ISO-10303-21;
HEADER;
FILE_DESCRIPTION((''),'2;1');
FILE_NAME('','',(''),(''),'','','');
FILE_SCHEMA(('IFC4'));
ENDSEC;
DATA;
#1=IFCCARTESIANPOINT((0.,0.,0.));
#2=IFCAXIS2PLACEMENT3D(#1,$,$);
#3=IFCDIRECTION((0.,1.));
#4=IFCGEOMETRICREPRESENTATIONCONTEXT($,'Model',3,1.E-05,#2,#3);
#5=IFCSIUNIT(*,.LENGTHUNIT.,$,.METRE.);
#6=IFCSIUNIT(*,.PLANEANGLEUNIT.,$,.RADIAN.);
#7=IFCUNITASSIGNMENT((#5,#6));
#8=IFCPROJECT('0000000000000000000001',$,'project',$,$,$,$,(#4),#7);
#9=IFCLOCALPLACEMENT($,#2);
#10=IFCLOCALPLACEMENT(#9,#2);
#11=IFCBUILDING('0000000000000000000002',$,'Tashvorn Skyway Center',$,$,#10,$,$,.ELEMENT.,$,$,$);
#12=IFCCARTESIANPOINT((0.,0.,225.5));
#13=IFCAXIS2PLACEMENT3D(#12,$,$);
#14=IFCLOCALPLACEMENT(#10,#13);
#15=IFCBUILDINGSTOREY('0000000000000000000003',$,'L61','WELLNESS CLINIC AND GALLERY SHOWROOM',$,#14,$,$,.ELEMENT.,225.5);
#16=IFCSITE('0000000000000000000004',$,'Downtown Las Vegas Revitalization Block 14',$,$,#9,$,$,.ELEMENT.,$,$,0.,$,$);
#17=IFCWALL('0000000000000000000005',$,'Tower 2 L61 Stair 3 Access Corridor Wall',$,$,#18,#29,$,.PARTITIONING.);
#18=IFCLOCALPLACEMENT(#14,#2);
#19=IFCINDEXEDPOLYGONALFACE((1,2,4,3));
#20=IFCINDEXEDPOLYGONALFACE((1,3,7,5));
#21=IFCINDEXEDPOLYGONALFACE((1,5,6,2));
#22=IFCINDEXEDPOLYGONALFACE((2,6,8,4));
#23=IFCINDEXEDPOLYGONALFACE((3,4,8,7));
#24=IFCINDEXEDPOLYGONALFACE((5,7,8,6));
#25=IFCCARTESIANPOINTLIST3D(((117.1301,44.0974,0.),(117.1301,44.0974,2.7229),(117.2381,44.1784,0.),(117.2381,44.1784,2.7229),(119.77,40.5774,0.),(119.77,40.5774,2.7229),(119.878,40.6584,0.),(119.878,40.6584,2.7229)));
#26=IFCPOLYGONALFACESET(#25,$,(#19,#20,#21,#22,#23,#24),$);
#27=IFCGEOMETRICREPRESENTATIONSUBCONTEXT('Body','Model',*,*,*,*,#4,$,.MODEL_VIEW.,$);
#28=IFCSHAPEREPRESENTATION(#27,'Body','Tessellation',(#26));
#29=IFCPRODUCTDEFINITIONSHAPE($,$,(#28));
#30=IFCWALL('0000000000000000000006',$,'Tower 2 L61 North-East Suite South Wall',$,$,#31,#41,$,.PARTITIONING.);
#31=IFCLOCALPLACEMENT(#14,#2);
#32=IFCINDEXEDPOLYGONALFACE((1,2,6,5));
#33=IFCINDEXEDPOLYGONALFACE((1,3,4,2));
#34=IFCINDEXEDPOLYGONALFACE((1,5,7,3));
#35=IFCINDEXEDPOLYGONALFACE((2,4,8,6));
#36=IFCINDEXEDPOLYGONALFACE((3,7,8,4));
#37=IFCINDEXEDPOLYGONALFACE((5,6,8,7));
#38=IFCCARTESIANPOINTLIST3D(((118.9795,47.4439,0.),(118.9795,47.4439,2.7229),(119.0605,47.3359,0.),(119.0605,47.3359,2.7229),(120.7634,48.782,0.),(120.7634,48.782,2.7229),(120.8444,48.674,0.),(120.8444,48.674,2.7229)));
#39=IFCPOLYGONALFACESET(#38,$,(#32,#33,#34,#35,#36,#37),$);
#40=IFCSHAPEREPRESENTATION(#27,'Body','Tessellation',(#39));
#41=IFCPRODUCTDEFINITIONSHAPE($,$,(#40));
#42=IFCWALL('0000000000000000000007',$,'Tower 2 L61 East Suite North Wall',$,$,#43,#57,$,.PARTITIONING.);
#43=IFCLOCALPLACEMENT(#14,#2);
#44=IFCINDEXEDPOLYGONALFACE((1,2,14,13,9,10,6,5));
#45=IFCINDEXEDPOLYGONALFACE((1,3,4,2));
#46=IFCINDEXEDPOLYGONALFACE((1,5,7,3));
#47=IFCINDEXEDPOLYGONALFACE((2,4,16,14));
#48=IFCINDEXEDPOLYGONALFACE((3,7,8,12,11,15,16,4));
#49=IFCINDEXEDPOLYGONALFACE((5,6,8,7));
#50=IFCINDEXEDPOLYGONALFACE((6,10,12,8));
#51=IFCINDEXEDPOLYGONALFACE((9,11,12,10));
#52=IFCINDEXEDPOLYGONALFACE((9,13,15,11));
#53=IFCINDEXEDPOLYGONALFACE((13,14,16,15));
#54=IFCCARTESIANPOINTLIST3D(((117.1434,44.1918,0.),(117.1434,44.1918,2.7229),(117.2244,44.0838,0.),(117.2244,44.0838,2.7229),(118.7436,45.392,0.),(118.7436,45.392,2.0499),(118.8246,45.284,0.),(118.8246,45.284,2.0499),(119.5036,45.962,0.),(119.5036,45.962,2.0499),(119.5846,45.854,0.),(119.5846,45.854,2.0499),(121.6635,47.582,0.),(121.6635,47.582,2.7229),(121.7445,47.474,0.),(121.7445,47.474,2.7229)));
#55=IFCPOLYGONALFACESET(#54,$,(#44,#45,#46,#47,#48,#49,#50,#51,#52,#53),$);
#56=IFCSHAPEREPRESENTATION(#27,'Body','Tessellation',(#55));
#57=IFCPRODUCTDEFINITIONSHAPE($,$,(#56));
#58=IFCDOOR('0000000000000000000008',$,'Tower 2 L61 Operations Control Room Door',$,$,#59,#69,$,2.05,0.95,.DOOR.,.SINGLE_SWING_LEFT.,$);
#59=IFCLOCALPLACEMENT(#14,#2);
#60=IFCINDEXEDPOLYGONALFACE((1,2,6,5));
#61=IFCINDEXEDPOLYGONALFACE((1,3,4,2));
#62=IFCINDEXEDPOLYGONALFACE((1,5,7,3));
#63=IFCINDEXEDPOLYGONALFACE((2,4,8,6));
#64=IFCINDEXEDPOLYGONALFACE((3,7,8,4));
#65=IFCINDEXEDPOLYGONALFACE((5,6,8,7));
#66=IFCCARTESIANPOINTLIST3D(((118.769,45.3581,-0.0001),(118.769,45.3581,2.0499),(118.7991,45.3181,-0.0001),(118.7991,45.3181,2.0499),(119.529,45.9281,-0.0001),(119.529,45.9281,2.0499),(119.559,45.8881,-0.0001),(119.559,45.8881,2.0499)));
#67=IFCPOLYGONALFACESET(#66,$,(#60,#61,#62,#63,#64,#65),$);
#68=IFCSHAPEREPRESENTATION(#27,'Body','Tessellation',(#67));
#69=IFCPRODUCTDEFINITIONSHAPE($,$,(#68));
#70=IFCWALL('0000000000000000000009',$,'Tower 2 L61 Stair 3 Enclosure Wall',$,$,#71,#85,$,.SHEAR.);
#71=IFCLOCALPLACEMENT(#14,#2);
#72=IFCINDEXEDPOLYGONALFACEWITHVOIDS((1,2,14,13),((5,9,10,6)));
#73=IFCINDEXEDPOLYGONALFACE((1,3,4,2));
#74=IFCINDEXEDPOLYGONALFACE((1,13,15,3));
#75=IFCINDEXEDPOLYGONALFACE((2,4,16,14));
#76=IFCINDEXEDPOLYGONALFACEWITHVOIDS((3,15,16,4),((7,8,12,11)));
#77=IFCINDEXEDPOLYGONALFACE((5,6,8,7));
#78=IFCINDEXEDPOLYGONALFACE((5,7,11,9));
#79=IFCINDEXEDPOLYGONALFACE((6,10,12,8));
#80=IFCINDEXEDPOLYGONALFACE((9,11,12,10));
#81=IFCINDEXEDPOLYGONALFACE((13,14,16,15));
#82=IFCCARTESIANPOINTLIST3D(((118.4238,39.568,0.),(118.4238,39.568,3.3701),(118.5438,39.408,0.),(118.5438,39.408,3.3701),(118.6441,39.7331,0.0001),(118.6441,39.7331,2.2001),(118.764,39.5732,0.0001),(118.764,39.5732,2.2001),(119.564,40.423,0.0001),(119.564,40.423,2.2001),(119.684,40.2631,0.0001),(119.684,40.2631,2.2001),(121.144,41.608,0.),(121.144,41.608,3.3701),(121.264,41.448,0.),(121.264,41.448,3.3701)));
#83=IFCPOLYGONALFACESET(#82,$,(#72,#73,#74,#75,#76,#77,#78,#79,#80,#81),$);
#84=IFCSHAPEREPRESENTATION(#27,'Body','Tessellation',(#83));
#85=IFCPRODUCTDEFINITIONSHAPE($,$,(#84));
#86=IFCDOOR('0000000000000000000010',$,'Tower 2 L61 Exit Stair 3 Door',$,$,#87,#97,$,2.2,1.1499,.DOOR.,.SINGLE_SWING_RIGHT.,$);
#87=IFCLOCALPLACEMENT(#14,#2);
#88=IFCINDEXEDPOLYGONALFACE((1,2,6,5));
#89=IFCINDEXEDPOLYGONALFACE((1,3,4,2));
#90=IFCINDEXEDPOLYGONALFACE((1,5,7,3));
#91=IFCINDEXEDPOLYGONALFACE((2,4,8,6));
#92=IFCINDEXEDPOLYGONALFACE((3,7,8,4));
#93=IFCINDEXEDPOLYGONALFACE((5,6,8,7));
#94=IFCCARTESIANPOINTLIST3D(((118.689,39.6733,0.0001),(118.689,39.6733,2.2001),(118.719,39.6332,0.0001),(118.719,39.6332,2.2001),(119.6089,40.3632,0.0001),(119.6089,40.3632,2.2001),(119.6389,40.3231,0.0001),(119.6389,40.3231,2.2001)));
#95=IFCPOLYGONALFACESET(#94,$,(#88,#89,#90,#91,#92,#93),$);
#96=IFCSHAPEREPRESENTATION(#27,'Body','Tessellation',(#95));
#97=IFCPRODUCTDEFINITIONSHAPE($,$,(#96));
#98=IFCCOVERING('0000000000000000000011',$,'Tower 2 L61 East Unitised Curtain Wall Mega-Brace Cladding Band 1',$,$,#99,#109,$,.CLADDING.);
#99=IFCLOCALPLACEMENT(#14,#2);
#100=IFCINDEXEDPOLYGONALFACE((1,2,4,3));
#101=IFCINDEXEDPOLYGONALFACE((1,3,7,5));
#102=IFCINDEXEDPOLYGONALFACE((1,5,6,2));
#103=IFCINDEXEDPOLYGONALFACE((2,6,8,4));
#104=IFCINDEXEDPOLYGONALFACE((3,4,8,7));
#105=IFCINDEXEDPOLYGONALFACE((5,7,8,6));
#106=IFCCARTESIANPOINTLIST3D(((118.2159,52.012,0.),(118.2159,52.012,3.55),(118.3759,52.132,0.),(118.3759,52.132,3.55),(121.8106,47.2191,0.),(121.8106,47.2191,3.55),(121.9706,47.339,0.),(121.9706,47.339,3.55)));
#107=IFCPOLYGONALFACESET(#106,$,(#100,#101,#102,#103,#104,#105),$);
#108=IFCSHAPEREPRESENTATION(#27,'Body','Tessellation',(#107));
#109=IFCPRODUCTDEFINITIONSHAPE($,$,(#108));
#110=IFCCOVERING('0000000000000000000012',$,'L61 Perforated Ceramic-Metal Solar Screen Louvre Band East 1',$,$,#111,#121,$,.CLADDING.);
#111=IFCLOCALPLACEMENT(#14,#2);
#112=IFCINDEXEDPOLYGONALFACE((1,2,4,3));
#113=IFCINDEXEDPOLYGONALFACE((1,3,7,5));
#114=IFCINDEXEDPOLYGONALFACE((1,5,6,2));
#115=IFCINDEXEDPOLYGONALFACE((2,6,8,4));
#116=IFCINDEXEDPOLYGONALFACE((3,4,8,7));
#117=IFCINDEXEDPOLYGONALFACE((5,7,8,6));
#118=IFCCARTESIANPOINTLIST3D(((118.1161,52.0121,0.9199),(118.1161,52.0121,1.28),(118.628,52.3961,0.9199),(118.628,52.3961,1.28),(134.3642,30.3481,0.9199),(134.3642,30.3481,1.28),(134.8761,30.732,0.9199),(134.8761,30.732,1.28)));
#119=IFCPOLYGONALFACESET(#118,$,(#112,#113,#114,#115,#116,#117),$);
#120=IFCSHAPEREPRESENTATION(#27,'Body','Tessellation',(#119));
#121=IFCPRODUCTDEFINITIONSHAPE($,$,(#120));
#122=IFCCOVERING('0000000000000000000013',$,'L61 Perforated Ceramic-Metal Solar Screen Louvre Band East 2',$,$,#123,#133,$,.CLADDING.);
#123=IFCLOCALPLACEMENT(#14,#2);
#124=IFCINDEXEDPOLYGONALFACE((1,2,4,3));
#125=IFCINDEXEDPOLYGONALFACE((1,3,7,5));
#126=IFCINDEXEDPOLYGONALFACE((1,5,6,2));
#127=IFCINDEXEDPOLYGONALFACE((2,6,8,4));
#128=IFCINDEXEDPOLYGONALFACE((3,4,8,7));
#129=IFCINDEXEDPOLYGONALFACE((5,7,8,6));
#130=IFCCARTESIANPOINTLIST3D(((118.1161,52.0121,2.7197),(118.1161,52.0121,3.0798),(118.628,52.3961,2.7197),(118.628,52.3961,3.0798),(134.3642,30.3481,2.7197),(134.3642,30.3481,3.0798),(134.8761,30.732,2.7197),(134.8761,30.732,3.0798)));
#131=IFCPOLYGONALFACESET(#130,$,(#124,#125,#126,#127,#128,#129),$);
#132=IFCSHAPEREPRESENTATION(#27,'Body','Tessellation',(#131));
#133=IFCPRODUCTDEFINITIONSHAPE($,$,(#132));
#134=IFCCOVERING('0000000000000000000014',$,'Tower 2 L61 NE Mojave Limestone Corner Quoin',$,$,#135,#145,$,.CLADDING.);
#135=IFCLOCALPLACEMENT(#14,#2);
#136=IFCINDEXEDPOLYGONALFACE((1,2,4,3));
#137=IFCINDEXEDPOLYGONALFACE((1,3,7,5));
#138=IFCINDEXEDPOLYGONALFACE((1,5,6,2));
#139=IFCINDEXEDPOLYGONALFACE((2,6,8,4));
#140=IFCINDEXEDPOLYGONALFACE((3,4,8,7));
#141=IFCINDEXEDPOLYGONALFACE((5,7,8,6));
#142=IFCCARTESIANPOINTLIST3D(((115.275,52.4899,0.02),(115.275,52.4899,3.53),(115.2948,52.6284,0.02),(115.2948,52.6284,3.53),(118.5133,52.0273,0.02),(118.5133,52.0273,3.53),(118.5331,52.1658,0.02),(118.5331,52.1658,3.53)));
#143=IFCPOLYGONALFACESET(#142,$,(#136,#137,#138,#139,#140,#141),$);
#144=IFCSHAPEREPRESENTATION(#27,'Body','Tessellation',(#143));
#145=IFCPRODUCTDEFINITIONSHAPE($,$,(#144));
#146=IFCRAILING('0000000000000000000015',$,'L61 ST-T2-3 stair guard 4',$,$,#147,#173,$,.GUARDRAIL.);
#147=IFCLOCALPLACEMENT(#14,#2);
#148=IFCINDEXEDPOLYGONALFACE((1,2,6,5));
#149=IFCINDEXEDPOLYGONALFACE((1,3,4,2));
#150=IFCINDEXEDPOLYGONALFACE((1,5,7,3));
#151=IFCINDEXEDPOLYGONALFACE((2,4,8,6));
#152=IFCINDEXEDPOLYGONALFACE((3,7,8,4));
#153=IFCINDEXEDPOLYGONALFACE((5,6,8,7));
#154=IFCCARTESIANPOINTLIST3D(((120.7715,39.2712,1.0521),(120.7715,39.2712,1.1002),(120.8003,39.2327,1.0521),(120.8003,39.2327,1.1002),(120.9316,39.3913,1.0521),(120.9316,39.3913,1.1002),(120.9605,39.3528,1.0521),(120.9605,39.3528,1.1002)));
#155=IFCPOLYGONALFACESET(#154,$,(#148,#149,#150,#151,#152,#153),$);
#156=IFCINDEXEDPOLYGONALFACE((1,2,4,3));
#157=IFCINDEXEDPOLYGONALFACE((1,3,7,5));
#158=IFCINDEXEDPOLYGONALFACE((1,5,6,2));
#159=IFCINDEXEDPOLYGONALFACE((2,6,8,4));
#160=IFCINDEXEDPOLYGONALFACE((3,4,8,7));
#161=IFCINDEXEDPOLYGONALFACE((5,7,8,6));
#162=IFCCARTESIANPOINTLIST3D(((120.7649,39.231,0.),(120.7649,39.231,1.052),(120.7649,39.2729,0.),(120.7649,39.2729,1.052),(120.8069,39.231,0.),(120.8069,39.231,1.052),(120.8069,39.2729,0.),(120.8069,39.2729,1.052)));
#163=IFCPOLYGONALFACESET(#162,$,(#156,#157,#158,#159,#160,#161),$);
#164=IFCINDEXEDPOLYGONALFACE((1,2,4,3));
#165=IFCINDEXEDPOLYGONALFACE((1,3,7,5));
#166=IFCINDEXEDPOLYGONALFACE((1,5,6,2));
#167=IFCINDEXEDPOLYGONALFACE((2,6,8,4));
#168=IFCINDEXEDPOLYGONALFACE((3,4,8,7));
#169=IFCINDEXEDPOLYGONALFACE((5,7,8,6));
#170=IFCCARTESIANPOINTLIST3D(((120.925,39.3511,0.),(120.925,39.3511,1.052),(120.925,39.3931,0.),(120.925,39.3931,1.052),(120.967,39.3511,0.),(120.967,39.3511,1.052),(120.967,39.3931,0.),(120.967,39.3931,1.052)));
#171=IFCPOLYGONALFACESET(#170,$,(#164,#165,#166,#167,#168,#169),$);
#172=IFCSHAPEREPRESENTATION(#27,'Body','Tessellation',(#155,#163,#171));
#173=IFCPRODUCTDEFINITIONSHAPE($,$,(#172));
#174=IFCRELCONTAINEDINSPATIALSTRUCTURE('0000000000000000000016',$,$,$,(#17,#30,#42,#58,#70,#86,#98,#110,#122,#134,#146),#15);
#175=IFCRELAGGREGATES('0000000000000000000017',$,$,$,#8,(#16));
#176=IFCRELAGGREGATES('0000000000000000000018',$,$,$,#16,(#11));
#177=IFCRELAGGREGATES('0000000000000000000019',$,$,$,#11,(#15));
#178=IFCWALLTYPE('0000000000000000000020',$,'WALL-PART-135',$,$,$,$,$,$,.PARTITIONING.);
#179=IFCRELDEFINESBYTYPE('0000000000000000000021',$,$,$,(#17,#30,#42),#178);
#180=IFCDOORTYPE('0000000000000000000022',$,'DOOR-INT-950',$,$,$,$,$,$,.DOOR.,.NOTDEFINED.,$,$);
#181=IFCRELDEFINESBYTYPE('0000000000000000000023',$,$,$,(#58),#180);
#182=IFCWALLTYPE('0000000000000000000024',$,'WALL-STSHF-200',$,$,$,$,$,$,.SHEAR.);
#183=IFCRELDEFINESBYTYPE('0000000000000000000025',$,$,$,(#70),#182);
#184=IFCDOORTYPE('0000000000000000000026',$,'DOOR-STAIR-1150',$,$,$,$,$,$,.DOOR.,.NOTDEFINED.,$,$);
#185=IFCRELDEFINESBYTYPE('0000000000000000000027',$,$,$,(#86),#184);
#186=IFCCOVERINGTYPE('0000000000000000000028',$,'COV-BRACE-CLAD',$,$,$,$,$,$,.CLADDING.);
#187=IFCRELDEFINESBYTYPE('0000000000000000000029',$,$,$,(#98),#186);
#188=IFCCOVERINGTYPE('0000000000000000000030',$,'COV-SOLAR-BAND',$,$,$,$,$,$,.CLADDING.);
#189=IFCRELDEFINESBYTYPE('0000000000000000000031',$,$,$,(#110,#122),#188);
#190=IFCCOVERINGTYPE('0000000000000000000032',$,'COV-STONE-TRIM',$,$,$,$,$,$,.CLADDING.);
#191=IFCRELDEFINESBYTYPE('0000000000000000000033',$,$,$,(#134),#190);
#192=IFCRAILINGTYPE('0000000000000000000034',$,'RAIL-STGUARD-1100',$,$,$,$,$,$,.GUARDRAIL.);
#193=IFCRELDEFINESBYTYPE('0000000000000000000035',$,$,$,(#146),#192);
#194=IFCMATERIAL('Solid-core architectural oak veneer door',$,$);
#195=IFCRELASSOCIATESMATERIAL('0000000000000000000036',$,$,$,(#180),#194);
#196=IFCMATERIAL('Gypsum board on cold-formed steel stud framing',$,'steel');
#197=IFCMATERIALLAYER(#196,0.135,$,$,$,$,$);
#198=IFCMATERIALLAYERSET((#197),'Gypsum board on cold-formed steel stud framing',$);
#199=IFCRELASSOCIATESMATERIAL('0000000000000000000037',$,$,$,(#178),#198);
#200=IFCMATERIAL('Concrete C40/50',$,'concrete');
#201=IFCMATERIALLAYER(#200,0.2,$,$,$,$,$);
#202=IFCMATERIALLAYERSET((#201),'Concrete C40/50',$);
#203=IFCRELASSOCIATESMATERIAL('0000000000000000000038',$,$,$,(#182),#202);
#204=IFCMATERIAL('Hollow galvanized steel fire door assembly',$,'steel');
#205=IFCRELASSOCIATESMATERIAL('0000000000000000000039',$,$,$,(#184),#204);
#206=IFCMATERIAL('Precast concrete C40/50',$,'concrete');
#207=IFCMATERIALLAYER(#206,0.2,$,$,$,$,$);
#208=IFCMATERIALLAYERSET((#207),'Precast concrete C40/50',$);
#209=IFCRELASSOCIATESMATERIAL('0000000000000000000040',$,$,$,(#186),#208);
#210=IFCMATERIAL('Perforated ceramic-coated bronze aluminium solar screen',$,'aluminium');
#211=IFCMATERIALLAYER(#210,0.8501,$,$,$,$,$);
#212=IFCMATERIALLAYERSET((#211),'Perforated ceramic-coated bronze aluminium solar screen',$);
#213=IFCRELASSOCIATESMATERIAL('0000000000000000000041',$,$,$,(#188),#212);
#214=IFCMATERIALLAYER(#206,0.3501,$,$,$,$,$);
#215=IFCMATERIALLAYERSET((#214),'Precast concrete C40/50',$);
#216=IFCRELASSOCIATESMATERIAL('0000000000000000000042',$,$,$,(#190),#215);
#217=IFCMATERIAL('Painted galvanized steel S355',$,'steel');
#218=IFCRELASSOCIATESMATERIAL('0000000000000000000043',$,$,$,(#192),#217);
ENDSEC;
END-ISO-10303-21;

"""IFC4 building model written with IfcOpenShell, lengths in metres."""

from ifc_helpers import new_model, si_unit, direction, frame, frame_2d, origin, origin_2d, place, context, subcontext, project, spatial, rectangle, extrude, material, layer, layer_set, type_object, element, fill, save


model = new_model("IFC4")

# Units and contexts
model_context = context("Model", 3, precision=1e-05, world=origin(), true_north=direction((0.0, 1.0)))
body_context = subcontext(model_context, "Body", "Model", "MODEL_VIEW")
ifc_project = project(units=[si_unit("LENGTHUNIT", "METRE"), si_unit("PLANEANGLEUNIT", "RADIAN")], contexts=[model_context])

# Site, building, storey
site_placement = place(None, origin())
site = spatial("IfcSite", under=ifc_project, at=site_placement, Name="Downtown Las Vegas Revitalization Block 14", CompositionType="ELEMENT", RefElevation=0.0)
building_placement = place(site_placement, origin())
building = spatial("IfcBuilding", under=site, at=building_placement, Name="Tashvorn Skyway Center", CompositionType="ELEMENT")
storey_placement = place(building_placement, frame((0.0, 0.0, 225.5)))
storey = spatial("IfcBuildingStorey", under=building, at=storey_placement, Name="L61", Description="WELLNESS CLINIC AND GALLERY SHOWROOM", CompositionType="ELEMENT", Elevation=225.5)

# Shared definitions
ifc_material_1 = material(Name="Precast concrete C40/50", Category="concrete")

# Shared definitions
ifc_material_2 = material(Name="Gypsum board on cold-formed steel stud framing", Category="steel")
ifc_material_3 = material(Name="Solid-core architectural oak veneer door")
door_type_1 = type_object("IfcDoorType", Name="DOOR-INT-950", OperationType="NOTDEFINED", PredefinedType="DOOR", material=ifc_material_3)

# Walls
ifc_layer_1 = layer(ifc_material_2, 0.135)
ifc_layer_set_1 = layer_set([ifc_layer_1], Name="Gypsum board on cold-formed steel stud framing")
wall_type_1 = type_object("IfcWallType", Name="WALL-PART-135", PredefinedType="PARTITIONING", material=ifc_layer_set_1)
wall_1_placement = place(storey_placement, frame((119.824, 40.6179, 0.0), z_axis=(0.0, 0.0, 1.0), x_axis=(-0.599982, 0.800013, 0.0)))
element("IfcWall", 1, at=wall_1_placement, inside=storey, type_object=wall_type_1, Name="Tower 2 L61 Stair 3 Access Corridor Wall", PredefinedType="PARTITIONING", context=body_context, shape_type="SweptSolid", body=[
    extrude(rectangle(XDim=4.3999, YDim=0.135, at=frame_2d((2.2, 0.0))), origin(), (0.0, 0.0, 1.0), 2.7229),
])
wall_2_placement = place(storey_placement, frame((119.02, 47.3899, 0.0), z_axis=(0.0, 0.0, 1.0), x_axis=(0.799961, 0.600053, 0.0)))
element("IfcWall", 2, at=wall_2_placement, inside=storey, type_object=wall_type_1, Name="Tower 2 L61 North-East Suite South Wall", PredefinedType="PARTITIONING", context=body_context, shape_type="SweptSolid", body=[
    extrude(rectangle(XDim=2.23, YDim=0.135, at=frame_2d((1.115, 0.0))), origin(), (0.0, 0.0, 1.0), 2.7229),
])

# Walls, openings, doors
wall_3_placement = place(storey_placement, frame((121.7041, 47.5281, 0.0), z_axis=(0.0, 0.0, 1.0), x_axis=(-0.79999, -0.600014, 0.0)))
wall_3 = element("IfcWall", 3, at=wall_3_placement, inside=storey, type_object=wall_type_1, Name="Tower 2 L61 East Suite North Wall", PredefinedType="PARTITIONING", context=body_context, shape_type="SweptSolid", body=[
    extrude(rectangle(XDim=5.6501, YDim=0.135, at=frame_2d((2.8252, 0.0))), origin(), (0.0, 0.0, 1.0), 2.7229),
])
opening_1_placement = place(wall_3_placement, frame((2.7, 0.0, 0.0)))
opening_1 = element("IfcOpeningElement", 4, at=opening_1_placement, cuts=wall_3, PredefinedType="OPENING", context=body_context, shape_type="SweptSolid", body=[
    extrude(rectangle(XDim=0.95, YDim=2.05, at=frame_2d((0.4751, 1.0249))), frame((0.0, 0.0774, 0.0), z_axis=(0.0, -1.0, 0.0), x_axis=(1.0, 0.0, 0.0)), (0.0, 0.0, 1.0), 0.155),
])
door_1_placement = place(opening_1_placement, origin())
door_1 = element("IfcDoor", 5, at=door_1_placement, inside=storey, type_object=door_type_1, Name="Tower 2 L61 Operations Control Room Door", OperationType="SINGLE_SWING_LEFT", OverallHeight=2.05, OverallWidth=0.95, PredefinedType="DOOR", context=body_context, shape_type="SweptSolid", body=[
    extrude(rectangle(XDim=0.95, YDim=2.05, at=frame_2d((0.4751, 1.0249))), frame((0.0, 0.0249, 0.0), z_axis=(0.0, -1.0, 0.0), x_axis=(1.0, 0.0, 0.0)), (0.0, 0.0, 1.0), 0.05),
])
fill(opening_1, door_1)
ifc_material_4 = material(Name="Concrete C40/50", Category="concrete")
ifc_layer_2 = layer(ifc_material_4, 0.2)
ifc_layer_set_2 = layer_set([ifc_layer_2], Name="Concrete C40/50")
wall_type_2 = type_object("IfcWallType", Name="WALL-STSHF-200", PredefinedType="SHEAR", material=ifc_layer_set_2)
wall_4_placement = place(storey_placement, frame((121.2041, 41.5281, 0.0), z_axis=(0.0, 0.0, 1.0), x_axis=(-0.800017, -0.599977, 0.0)))
wall_4 = element("IfcWall", 6, at=wall_4_placement, inside=storey, type_object=wall_type_2, Name="Tower 2 L61 Stair 3 Enclosure Wall", PredefinedType="SHEAR", context=body_context, shape_type="SweptSolid", body=[
    extrude(rectangle(XDim=3.4001, YDim=0.2, at=frame_2d((1.7002, 0.0))), origin(), (0.0, 0.0, 1.0), 3.3701),
])
opening_2_placement = place(wall_4_placement, frame((1.9751, 0.0, 0.0)))
opening_2 = element("IfcOpeningElement", 7, at=opening_2_placement, cuts=wall_4, PredefinedType="OPENING", context=body_context, shape_type="SweptSolid", body=[
    extrude(rectangle(XDim=1.1499, YDim=2.2, at=frame_2d((0.575, 1.1001))), frame((0.0, 0.1099, 0.0), z_axis=(0.0, -1.0, 0.0), x_axis=(1.0, 0.0, 0.0)), (0.0, 0.0, 1.0), 0.22),
])
ifc_material_5 = material(Name="Hollow galvanized steel fire door assembly", Category="steel")
door_type_2 = type_object("IfcDoorType", Name="DOOR-STAIR-1150", OperationType="NOTDEFINED", PredefinedType="DOOR", material=ifc_material_5)
door_2_placement = place(opening_2_placement, origin())
door_2 = element("IfcDoor", 8, at=door_2_placement, inside=storey, type_object=door_type_2, Name="Tower 2 L61 Exit Stair 3 Door", OperationType="SINGLE_SWING_RIGHT", OverallHeight=2.2, OverallWidth=1.1499, PredefinedType="DOOR", context=body_context, shape_type="SweptSolid", body=[
    extrude(rectangle(XDim=1.1499, YDim=2.2, at=frame_2d((0.575, 1.1001))), frame((0.0, 0.0249, 0.0), z_axis=(0.0, -1.0, 0.0), x_axis=(1.0, 0.0, 0.0)), (0.0, 0.0, 1.0), 0.05),
])
fill(opening_2, door_2)

# Coverings
ifc_layer_3 = layer(ifc_material_1, 0.2)
ifc_layer_set_3 = layer_set([ifc_layer_3], Name="Precast concrete C40/50")
covering_type_1 = type_object("IfcCoveringType", Name="COV-BRACE-CLAD", PredefinedType="CLADDING", material=ifc_layer_set_3)
covering_1_placement = place(storey_placement, frame((120.0933, 49.6755, 0.0), z_axis=(0.0, 0.0, 1.0), x_axis=(0.6, -0.8, 0.0)))
element("IfcCovering", 9, at=covering_1_placement, inside=storey, type_object=covering_type_1, Name="Tower 2 L61 East Unitised Curtain Wall Mega-Brace Cladding Band 1", PredefinedType="CLADDING", context=body_context, shape_type="SweptSolid", body=[
    extrude(rectangle(XDim=5.9912, YDim=0.2, at=origin_2d()), origin(), (0.0, 0.0, 1.0), 3.55),
])
ifc_material_6 = material(Name="Perforated ceramic-coated bronze aluminium solar screen", Category="aluminium")
ifc_layer_4 = layer(ifc_material_6, 0.8501)
ifc_layer_set_4 = layer_set([ifc_layer_4], Name="Perforated ceramic-coated bronze aluminium solar screen")
covering_type_2 = type_object("IfcCoveringType", Name="COV-SOLAR-BAND", PredefinedType="CLADDING", material=ifc_layer_set_4)
for number, where, z_axis, x_axis, name in (
    (10, (126.4961, 41.3721, 0.9199), (0.0, 0.0, 1.0), (0.6, -0.8, 0.0), "L61 Perforated Ceramic-Metal Solar Screen Louvre Band East 1"),
    (11, (126.4961, 41.3721, 2.7197), (0.0, 0.0, 1.0), (0.6, -0.8, 0.0), "L61 Perforated Ceramic-Metal Solar Screen Louvre Band East 2"),
):
    element("IfcCovering", number, at=place(storey_placement, frame(where, z_axis=z_axis, x_axis=x_axis)), inside=storey, type_object=covering_type_2, Name=name, PredefinedType="CLADDING", context=body_context, shape_type="SweptSolid", body=[
        extrude(rectangle(XDim=27.0801, YDim=0.6399, at=origin_2d()), origin(), (0.0, 0.0, 1.0), 0.3601),
    ])
ifc_layer_5 = layer(ifc_material_1, 0.3501)
ifc_layer_set_5 = layer_set([ifc_layer_5], Name="Precast concrete C40/50")
covering_type_3 = type_object("IfcCoveringType", Name="COV-STONE-TRIM", PredefinedType="CLADDING", material=ifc_layer_set_5)
covering_2_placement = place(storey_placement, frame((116.9041, 52.3279, 0.02), z_axis=(0.0, 0.0, 1.0), x_axis=(0.989949, -0.141421, 0.0)))
element("IfcCovering", 12, at=covering_2_placement, inside=storey, type_object=covering_type_3, Name="Tower 2 L61 NE Mojave Limestone Corner Quoin", PredefinedType="CLADDING", context=body_context, shape_type="SweptSolid", body=[
    extrude(rectangle(XDim=3.2712, YDim=0.1399, at=origin_2d()), origin(), (0.0, 0.0, 1.0), 3.51),
])

# Railing
ifc_material_7 = material(Name="Painted galvanized steel S355", Category="steel")
railing_type = type_object("IfcRailingType", Name="RAIL-STGUARD-1100", PredefinedType="GUARDRAIL", material=ifc_material_7)
railing_placement = place(storey_placement, frame((120.7859, 39.252, 0.0)))
element("IfcRailing", 13, at=railing_placement, inside=storey, type_object=railing_type, Name="L61 ST-T2-3 stair guard 4", PredefinedType="GUARDRAIL", context=body_context, shape_type="SweptSolid", body=[
    extrude(rectangle(XDim=0.0481, YDim=0.0481, at=origin_2d()), frame((0.0, 0.0, 1.0762), z_axis=(0.8, 0.6, 0.0), x_axis=(-0.6, 0.8, 0.0)), (0.0, 0.0, 1.0), 0.2002),
    extrude(rectangle(XDim=0.042, YDim=0.042, at=origin_2d()), origin(), (0.0, 0.0, 1.0), 1.052),
    extrude(rectangle(XDim=0.042, YDim=0.042, at=origin_2d()), frame((0.1602, 0.1201, 0.0)), (0.0, 0.0, 1.0), 1.052),
])

save(model, "model.ifc")
